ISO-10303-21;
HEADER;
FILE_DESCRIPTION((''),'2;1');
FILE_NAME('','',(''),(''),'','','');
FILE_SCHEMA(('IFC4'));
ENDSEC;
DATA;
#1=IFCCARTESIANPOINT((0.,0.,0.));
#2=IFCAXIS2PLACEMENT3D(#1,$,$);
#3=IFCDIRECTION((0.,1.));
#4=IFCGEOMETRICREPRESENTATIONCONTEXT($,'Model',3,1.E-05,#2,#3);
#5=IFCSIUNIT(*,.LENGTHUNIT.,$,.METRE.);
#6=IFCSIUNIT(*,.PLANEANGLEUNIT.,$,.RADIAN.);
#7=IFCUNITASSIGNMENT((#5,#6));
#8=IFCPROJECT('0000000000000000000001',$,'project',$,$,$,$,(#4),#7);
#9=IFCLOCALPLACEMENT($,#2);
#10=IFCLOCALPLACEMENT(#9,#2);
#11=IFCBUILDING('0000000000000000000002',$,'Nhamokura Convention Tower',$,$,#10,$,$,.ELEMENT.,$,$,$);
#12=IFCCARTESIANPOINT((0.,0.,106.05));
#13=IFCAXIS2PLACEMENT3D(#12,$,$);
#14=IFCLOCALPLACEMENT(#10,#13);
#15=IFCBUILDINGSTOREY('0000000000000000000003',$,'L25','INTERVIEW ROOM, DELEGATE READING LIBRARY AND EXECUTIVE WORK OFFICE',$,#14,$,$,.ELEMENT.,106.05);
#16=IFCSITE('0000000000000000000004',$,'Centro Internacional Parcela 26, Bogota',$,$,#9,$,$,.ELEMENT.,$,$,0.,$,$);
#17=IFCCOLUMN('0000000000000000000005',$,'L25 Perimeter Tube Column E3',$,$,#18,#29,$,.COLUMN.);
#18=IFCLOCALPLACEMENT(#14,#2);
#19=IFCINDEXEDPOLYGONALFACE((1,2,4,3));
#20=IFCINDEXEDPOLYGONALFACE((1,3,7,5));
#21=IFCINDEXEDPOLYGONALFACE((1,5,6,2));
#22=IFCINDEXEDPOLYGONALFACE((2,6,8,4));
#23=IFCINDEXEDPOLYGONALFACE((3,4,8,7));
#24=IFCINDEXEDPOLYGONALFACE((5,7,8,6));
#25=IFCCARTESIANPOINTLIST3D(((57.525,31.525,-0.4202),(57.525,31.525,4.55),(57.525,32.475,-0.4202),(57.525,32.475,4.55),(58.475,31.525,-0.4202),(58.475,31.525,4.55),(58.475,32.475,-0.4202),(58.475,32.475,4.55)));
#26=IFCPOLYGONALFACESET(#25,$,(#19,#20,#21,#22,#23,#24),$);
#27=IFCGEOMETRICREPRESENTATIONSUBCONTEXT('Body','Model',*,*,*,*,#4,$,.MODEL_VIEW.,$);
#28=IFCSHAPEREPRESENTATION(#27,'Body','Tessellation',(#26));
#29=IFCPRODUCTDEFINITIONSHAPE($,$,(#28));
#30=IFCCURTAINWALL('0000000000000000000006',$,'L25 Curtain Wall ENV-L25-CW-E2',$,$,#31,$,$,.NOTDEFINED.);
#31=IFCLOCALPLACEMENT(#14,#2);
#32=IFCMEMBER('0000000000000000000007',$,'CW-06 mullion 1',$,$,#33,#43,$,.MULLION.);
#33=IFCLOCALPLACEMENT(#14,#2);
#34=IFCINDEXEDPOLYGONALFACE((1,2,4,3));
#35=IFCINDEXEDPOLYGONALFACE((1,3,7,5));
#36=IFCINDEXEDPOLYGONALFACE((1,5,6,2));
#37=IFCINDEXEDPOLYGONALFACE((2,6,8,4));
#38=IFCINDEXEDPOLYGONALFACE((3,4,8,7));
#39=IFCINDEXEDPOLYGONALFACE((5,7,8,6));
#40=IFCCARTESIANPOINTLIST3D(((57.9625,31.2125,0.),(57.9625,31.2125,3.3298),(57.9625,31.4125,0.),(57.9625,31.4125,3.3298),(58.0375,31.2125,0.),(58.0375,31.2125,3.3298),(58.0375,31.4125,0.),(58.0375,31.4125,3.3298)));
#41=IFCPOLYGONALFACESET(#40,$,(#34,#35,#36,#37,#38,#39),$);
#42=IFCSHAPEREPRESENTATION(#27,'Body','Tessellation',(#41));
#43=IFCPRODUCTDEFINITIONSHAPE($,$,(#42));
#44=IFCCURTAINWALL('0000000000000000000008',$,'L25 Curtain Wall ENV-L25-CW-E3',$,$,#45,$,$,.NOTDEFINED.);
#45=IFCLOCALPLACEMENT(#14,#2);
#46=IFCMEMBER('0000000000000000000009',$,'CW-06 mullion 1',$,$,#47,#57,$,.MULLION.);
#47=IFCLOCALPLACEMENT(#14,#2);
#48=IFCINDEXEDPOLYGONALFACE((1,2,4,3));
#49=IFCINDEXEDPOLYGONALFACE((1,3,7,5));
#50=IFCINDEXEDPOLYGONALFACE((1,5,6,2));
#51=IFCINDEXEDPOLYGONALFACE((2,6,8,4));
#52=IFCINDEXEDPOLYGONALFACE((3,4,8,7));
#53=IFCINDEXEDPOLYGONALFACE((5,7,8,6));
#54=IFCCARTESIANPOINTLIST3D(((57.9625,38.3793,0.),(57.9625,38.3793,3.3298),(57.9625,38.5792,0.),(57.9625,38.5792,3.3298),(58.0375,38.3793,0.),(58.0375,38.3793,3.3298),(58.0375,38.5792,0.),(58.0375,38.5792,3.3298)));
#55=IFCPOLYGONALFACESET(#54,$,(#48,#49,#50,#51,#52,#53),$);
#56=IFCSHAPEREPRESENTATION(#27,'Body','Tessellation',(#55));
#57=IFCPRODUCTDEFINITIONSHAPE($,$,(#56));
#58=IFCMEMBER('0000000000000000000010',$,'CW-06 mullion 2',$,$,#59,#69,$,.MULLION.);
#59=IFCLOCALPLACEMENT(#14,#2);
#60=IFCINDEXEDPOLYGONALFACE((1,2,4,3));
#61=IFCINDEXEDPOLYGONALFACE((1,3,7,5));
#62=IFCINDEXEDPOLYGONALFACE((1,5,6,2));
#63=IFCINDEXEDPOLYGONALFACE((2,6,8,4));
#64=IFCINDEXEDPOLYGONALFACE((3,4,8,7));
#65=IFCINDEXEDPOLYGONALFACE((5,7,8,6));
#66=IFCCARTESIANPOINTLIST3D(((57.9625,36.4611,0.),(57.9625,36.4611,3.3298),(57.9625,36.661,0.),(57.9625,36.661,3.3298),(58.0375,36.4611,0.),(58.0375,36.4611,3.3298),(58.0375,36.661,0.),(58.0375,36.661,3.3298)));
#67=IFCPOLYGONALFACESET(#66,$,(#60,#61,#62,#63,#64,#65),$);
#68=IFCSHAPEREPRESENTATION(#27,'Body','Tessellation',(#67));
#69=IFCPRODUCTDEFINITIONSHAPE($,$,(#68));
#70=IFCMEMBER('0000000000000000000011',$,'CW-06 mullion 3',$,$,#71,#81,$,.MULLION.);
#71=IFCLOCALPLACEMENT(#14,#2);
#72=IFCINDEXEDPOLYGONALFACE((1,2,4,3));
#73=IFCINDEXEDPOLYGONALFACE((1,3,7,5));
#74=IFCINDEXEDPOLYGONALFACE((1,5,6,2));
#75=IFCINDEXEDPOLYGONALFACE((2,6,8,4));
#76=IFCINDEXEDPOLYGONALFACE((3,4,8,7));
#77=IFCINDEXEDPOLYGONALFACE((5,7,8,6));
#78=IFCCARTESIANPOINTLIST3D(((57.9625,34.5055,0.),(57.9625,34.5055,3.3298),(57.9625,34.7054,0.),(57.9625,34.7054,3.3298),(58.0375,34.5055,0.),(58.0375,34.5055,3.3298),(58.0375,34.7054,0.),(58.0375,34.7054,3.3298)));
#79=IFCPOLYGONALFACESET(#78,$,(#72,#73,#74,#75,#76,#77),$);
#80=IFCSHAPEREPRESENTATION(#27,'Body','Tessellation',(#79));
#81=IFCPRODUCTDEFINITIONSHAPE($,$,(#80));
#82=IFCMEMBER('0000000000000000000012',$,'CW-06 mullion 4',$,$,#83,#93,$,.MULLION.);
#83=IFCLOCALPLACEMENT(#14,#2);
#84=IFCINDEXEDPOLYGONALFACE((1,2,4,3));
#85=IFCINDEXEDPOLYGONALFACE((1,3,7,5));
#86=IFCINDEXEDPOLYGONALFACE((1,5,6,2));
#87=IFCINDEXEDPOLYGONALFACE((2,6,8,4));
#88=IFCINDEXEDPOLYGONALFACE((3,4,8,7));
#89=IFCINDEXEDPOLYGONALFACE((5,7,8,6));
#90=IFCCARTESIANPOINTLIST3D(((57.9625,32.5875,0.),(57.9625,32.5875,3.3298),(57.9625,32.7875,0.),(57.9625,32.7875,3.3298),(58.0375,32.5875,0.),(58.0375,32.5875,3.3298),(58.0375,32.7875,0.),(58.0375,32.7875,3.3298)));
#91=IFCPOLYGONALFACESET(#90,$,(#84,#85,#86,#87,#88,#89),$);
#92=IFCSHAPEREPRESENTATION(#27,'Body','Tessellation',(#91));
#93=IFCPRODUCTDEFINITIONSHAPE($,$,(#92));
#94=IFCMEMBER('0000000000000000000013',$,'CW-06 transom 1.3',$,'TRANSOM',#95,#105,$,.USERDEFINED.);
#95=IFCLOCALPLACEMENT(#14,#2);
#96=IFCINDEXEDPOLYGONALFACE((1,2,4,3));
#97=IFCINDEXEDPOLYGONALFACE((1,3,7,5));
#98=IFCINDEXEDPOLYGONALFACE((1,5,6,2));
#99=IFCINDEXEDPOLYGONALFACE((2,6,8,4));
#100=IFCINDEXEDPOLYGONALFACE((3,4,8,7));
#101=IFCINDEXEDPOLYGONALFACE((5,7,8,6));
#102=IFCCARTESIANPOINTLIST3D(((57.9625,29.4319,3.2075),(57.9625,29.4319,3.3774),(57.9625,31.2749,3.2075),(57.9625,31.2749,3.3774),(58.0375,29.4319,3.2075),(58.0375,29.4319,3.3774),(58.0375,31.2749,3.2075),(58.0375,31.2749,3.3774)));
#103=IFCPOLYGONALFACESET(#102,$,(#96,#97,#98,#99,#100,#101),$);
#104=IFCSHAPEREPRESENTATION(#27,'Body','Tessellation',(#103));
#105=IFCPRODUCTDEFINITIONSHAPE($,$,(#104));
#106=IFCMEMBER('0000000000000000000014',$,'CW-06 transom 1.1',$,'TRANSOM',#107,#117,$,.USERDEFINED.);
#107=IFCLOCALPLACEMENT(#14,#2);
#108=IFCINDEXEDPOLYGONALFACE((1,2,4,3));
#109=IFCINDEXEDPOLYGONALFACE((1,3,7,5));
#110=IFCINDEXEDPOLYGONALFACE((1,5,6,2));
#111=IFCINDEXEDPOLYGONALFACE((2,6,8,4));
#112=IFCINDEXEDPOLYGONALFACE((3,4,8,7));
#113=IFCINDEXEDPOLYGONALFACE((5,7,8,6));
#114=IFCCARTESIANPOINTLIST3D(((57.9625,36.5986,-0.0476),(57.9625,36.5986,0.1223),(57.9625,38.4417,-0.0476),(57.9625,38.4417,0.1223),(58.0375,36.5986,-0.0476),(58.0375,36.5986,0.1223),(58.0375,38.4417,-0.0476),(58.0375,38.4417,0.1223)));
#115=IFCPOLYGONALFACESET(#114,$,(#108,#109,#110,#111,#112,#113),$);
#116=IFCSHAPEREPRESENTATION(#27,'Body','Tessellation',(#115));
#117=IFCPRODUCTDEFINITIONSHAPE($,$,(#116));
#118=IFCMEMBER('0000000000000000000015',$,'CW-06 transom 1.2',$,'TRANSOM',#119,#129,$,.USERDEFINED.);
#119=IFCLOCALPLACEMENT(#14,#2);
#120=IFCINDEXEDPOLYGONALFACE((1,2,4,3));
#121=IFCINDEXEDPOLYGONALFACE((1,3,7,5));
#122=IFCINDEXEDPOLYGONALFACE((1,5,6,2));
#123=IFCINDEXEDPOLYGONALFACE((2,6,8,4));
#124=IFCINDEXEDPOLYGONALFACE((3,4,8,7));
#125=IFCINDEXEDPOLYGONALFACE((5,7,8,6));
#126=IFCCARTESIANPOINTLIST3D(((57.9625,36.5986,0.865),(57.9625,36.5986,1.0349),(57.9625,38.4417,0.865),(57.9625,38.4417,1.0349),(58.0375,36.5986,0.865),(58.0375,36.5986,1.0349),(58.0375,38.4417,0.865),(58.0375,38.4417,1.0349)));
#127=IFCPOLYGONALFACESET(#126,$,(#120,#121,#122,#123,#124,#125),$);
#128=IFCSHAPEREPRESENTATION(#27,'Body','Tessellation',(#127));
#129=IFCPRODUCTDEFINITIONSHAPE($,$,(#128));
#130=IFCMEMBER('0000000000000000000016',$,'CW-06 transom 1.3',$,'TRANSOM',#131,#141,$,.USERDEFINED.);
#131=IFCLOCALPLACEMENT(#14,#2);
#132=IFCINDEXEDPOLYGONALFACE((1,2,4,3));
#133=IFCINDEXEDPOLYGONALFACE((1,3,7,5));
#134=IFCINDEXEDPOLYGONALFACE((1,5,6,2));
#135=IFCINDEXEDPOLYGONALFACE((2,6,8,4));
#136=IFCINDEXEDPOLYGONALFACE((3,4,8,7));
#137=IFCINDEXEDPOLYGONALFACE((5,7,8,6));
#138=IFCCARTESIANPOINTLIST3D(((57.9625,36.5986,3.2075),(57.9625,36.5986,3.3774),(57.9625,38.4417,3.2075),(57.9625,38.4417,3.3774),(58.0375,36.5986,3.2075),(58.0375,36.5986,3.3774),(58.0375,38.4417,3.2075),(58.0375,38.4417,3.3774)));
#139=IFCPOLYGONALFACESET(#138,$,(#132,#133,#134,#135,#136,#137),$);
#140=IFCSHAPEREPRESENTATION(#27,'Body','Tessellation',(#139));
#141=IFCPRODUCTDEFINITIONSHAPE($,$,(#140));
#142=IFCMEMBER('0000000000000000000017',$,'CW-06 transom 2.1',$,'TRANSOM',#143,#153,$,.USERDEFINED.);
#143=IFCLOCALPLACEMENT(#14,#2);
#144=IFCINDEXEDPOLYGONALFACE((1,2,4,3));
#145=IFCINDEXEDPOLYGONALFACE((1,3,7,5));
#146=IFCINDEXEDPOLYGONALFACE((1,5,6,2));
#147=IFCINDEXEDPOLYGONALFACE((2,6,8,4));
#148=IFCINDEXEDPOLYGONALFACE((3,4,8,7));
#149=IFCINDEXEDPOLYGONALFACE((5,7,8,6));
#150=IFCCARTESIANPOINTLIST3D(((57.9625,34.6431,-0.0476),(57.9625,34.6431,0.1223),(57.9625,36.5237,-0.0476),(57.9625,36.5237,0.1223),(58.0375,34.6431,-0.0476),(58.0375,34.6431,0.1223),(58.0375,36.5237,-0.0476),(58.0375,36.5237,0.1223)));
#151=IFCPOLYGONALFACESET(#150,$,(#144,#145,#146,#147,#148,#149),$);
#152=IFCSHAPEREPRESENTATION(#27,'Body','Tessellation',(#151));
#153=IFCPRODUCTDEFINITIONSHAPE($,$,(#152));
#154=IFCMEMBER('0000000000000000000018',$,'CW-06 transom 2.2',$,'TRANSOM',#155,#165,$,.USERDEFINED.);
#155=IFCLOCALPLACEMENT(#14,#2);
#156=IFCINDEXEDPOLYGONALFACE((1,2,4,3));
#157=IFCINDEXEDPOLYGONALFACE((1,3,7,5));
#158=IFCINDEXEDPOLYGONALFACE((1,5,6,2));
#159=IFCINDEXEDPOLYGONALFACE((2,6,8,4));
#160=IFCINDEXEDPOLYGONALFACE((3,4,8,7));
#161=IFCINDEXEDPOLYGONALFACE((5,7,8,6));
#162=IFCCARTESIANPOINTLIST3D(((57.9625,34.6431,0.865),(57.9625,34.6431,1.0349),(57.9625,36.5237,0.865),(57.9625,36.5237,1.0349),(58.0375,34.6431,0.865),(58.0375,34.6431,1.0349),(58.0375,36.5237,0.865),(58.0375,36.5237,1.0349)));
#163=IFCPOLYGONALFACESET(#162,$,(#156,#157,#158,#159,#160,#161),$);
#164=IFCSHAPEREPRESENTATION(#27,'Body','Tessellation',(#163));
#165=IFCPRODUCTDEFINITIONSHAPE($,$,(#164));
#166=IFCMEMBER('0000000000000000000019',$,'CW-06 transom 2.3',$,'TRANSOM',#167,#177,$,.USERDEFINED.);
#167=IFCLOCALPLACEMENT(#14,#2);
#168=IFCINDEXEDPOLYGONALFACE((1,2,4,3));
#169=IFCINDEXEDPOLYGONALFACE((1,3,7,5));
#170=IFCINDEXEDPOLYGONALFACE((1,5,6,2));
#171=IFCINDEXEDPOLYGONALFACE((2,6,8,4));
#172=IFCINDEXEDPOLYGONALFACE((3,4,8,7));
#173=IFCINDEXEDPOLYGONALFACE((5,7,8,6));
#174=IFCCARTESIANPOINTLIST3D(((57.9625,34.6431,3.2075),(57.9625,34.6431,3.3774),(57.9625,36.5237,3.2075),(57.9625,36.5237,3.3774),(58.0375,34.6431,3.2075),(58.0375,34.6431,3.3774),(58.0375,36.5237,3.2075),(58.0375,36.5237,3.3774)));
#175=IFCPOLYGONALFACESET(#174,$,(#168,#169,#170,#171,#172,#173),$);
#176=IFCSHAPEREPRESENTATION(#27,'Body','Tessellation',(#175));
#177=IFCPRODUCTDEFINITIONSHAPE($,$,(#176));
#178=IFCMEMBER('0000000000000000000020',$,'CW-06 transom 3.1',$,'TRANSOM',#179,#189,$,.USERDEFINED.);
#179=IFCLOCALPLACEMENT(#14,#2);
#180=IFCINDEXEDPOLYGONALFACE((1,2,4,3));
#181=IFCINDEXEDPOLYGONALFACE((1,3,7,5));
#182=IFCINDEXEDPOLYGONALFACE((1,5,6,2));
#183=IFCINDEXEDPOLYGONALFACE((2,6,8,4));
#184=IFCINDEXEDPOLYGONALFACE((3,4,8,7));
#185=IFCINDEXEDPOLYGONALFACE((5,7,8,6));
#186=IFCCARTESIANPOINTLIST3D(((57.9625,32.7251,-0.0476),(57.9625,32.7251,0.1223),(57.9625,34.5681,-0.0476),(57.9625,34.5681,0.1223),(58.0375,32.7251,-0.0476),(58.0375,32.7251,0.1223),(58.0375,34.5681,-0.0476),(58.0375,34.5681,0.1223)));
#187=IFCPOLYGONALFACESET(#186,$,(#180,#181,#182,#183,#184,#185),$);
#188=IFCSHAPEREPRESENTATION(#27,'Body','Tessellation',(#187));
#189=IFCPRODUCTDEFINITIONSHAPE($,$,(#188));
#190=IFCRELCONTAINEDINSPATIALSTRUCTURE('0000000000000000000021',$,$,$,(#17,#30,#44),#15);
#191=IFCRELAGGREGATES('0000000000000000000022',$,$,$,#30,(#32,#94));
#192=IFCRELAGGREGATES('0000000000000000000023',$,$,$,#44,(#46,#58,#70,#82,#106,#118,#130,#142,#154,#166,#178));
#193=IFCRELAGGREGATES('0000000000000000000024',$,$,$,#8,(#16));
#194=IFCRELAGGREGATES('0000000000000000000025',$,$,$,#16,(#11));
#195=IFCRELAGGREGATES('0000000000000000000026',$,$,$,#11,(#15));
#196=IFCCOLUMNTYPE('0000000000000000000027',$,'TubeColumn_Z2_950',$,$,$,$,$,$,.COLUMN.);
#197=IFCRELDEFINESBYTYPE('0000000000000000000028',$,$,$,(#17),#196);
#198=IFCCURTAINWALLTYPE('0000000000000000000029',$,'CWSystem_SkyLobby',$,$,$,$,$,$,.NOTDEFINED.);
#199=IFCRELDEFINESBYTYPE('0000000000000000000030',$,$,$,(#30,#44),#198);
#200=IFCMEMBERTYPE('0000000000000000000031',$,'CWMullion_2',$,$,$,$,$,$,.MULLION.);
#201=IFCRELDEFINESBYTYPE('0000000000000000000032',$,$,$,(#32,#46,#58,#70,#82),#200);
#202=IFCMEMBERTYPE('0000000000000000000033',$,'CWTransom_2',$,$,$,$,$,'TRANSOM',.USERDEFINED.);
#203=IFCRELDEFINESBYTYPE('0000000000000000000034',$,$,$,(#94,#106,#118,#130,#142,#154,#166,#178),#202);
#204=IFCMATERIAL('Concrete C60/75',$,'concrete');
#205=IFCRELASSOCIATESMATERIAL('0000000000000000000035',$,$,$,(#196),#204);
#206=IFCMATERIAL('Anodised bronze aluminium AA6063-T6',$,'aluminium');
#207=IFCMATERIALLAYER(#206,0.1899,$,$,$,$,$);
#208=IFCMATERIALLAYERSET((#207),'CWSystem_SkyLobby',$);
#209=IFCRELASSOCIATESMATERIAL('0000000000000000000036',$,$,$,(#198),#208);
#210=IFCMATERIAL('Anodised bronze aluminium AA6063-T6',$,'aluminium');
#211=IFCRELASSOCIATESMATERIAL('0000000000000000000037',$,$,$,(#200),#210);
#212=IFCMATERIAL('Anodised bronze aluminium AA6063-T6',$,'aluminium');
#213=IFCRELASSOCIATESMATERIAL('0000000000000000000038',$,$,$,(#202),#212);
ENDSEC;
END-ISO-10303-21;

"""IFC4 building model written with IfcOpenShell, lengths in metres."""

from ifc_helpers import new_model, si_unit, direction, frame, origin, origin_2d, place, context, subcontext, project, spatial, rectangle, extrude, material, layer, layer_set, material_profile, profile_set, type_object, element, aggregate, save


model = new_model("IFC4")

# Units and contexts
model_context = context("Model", 3, precision=1e-05, world=origin(), true_north=direction((0.0, 1.0)))
body_context = subcontext(model_context, "Body", "Model", "MODEL_VIEW")
ifc_project = project(units=[si_unit("LENGTHUNIT", "METRE"), si_unit("PLANEANGLEUNIT", "RADIAN")], contexts=[model_context])

# Site, building, storey
site_placement = place(None, origin())
site = spatial("IfcSite", under=ifc_project, at=site_placement, Name="Centro Internacional Parcela 26, Bogota", CompositionType="ELEMENT", RefElevation=0.0)
building_placement = place(site_placement, origin())
building = spatial("IfcBuilding", under=site, at=building_placement, Name="Nhamokura Convention Tower", CompositionType="ELEMENT")
storey_placement = place(building_placement, frame((0.0, 0.0, 106.05)))
storey = spatial("IfcBuildingStorey", under=building, at=storey_placement, Name="L25", Description="INTERVIEW ROOM, DELEGATE READING LIBRARY AND EXECUTIVE WORK OFFICE", CompositionType="ELEMENT", Elevation=106.05)

# Column
ifc_material_1 = material(Name="Concrete C60/75", Category="concrete")
ifc_material_profile_1 = material_profile(ifc_material_1, rectangle(XDim=0.95, YDim=0.95, at=origin_2d()))
ifc_profile_set_1 = profile_set([ifc_material_profile_1], Name="Concrete C60/75")
column_type = type_object("IfcColumnType", Name="TubeColumn_Z2_950", PredefinedType="COLUMN", material=ifc_profile_set_1)
column_placement = place(storey_placement, frame((58.0, 32.0, -0.4202), z_axis=(0.0, 0.0, 1.0), x_axis=(1.0, 0.0, 0.0)))
element("IfcColumn", 1, at=column_placement, inside=storey, type_object=column_type, Name="L25 Perimeter Tube Column E3", PredefinedType="COLUMN", context=body_context, shape_type="SweptSolid", body=[
    extrude(rectangle(XDim=0.95, YDim=0.95, at=origin_2d()), origin(), (0.0, 0.0, 1.0), 4.9702),
])

# Curtain wall, member
ifc_material_2 = material(Name="Anodised bronze aluminium AA6063-T6", Category="aluminium")
ifc_layer_1 = layer(ifc_material_2, 0.1899)
ifc_layer_set_1 = layer_set([ifc_layer_1], Name="CWSystem_SkyLobby")
curtain_wall_type = type_object("IfcCurtainWallType", Name="CWSystem_SkyLobby", PredefinedType="NOTDEFINED", material=ifc_layer_set_1)
curtain_wall_1_placement = place(storey_placement, origin())
curtain_wall_1 = element("IfcCurtainWall", 2, at=curtain_wall_1_placement, inside=storey, type_object=curtain_wall_type, Name="L25 Curtain Wall ENV-L25-CW-E2", PredefinedType="NOTDEFINED")
ifc_material_3 = material(Name="Anodised bronze aluminium AA6063-T6", Category="aluminium")
ifc_material_profile_2 = material_profile(ifc_material_3, rectangle(XDim=0.075, YDim=0.2, at=origin_2d()))
ifc_profile_set_2 = profile_set([ifc_material_profile_2], Name="Anodised bronze aluminium AA6063-T6")
member_type_1 = type_object("IfcMemberType", Name="CWMullion_2", PredefinedType="MULLION", material=ifc_profile_set_2)
member_1_placement = place(storey_placement, frame((58.0, 31.3125, 0.0), z_axis=(0.0, 0.0, 1.0), x_axis=(1.0, 0.0, 0.0)))
member_1 = element("IfcMember", 3, at=member_1_placement, type_object=member_type_1, Name="CW-06 mullion 1", PredefinedType="MULLION", context=body_context, shape_type="SweptSolid", body=[
    extrude(rectangle(XDim=0.075, YDim=0.2, at=origin_2d()), origin(), (0.0, 0.0, 1.0), 3.3298),
])

# Curtain wall, members
curtain_wall_2_placement = place(storey_placement, origin())
curtain_wall_2 = element("IfcCurtainWall", 4, at=curtain_wall_2_placement, inside=storey, type_object=curtain_wall_type, Name="L25 Curtain Wall ENV-L25-CW-E3", PredefinedType="NOTDEFINED")
member_2_placement = place(storey_placement, frame((58.0, 38.4792, 0.0), z_axis=(0.0, 0.0, 1.0), x_axis=(1.0, 0.0, 0.0)))
member_2 = element("IfcMember", 5, at=member_2_placement, type_object=member_type_1, Name="CW-06 mullion 1", PredefinedType="MULLION", context=body_context, shape_type="SweptSolid", body=[
    extrude(rectangle(XDim=0.075, YDim=0.2, at=origin_2d()), origin(), (0.0, 0.0, 1.0), 3.3298),
])
member_3_placement = place(storey_placement, frame((58.0, 36.561, 0.0), z_axis=(0.0, 0.0, 1.0), x_axis=(1.0, 0.0, 0.0)))
member_3 = element("IfcMember", 6, at=member_3_placement, type_object=member_type_1, Name="CW-06 mullion 2", PredefinedType="MULLION", context=body_context, shape_type="SweptSolid", body=[
    extrude(rectangle(XDim=0.075, YDim=0.2, at=origin_2d()), origin(), (0.0, 0.0, 1.0), 3.3298),
])
member_4_placement = place(storey_placement, frame((58.0, 34.6055, 0.0), z_axis=(0.0, 0.0, 1.0), x_axis=(1.0, 0.0, 0.0)))
member_4 = element("IfcMember", 7, at=member_4_placement, type_object=member_type_1, Name="CW-06 mullion 3", PredefinedType="MULLION", context=body_context, shape_type="SweptSolid", body=[
    extrude(rectangle(XDim=0.075, YDim=0.2, at=origin_2d()), origin(), (0.0, 0.0, 1.0), 3.3298),
])
member_5_placement = place(storey_placement, frame((58.0, 32.6875, 0.0), z_axis=(0.0, 0.0, 1.0), x_axis=(1.0, 0.0, 0.0)))
member_5 = element("IfcMember", 8, at=member_5_placement, type_object=member_type_1, Name="CW-06 mullion 4", PredefinedType="MULLION", context=body_context, shape_type="SweptSolid", body=[
    extrude(rectangle(XDim=0.075, YDim=0.2, at=origin_2d()), origin(), (0.0, 0.0, 1.0), 3.3298),
])

# Members
ifc_material_4 = material(Name="Anodised bronze aluminium AA6063-T6", Category="aluminium")
ifc_material_profile_3 = material_profile(ifc_material_4, rectangle(XDim=0.075, YDim=0.1699, at=origin_2d()))
ifc_profile_set_3 = profile_set([ifc_material_profile_3], Name="Anodised bronze aluminium AA6063-T6")
member_type_2 = type_object("IfcMemberType", Name="CWTransom_2", ElementType="TRANSOM", PredefinedType="USERDEFINED", material=ifc_profile_set_3)
member_6_placement = place(storey_placement, frame((58.0, 31.2749, 3.2925), z_axis=(0.0, -1.0, 0.0), x_axis=(1.0, 0.0, 0.0)))
member_6 = element("IfcMember", 9, at=member_6_placement, type_object=member_type_2, Name="CW-06 transom 1.3", ObjectType="TRANSOM", PredefinedType="USERDEFINED", context=body_context, shape_type="SweptSolid", body=[
    extrude(rectangle(XDim=0.075, YDim=0.1699, at=origin_2d()), origin(), (0.0, 0.0, 1.0), 1.843),
])
aggregate(curtain_wall_1, [member_1, member_6])
member_7_placement = place(storey_placement, frame((58.0, 38.4417, 0.0374), z_axis=(0.0, -1.0, 0.0), x_axis=(1.0, 0.0, 0.0)))
member_7 = element("IfcMember", 10, at=member_7_placement, type_object=member_type_2, Name="CW-06 transom 1.1", ObjectType="TRANSOM", PredefinedType="USERDEFINED", context=body_context, shape_type="SweptSolid", body=[
    extrude(rectangle(XDim=0.075, YDim=0.1699, at=origin_2d()), origin(), (0.0, 0.0, 1.0), 1.843),
])
member_8_placement = place(storey_placement, frame((58.0, 38.4417, 0.95), z_axis=(0.0, -1.0, 0.0), x_axis=(1.0, 0.0, 0.0)))
member_8 = element("IfcMember", 11, at=member_8_placement, type_object=member_type_2, Name="CW-06 transom 1.2", ObjectType="TRANSOM", PredefinedType="USERDEFINED", context=body_context, shape_type="SweptSolid", body=[
    extrude(rectangle(XDim=0.075, YDim=0.1699, at=origin_2d()), origin(), (0.0, 0.0, 1.0), 1.843),
])
member_9_placement = place(storey_placement, frame((58.0, 38.4417, 3.2925), z_axis=(0.0, -1.0, 0.0), x_axis=(1.0, 0.0, 0.0)))
member_9 = element("IfcMember", 12, at=member_9_placement, type_object=member_type_2, Name="CW-06 transom 1.3", ObjectType="TRANSOM", PredefinedType="USERDEFINED", context=body_context, shape_type="SweptSolid", body=[
    extrude(rectangle(XDim=0.075, YDim=0.1699, at=origin_2d()), origin(), (0.0, 0.0, 1.0), 1.843),
])
member_10_placement = place(storey_placement, frame((58.0, 36.5237, 0.0374), z_axis=(0.0, -1.0, 0.0), x_axis=(1.0, 0.0, 0.0)))
member_10 = element("IfcMember", 13, at=member_10_placement, type_object=member_type_2, Name="CW-06 transom 2.1", ObjectType="TRANSOM", PredefinedType="USERDEFINED", context=body_context, shape_type="SweptSolid", body=[
    extrude(rectangle(XDim=0.075, YDim=0.1699, at=origin_2d()), origin(), (0.0, 0.0, 1.0), 1.8806),
])
member_11_placement = place(storey_placement, frame((58.0, 36.5237, 0.95), z_axis=(0.0, -1.0, 0.0), x_axis=(1.0, 0.0, 0.0)))
member_11 = element("IfcMember", 14, at=member_11_placement, type_object=member_type_2, Name="CW-06 transom 2.2", ObjectType="TRANSOM", PredefinedType="USERDEFINED", context=body_context, shape_type="SweptSolid", body=[
    extrude(rectangle(XDim=0.075, YDim=0.1699, at=origin_2d()), origin(), (0.0, 0.0, 1.0), 1.8806),
])
member_12_placement = place(storey_placement, frame((58.0, 36.5237, 3.2925), z_axis=(0.0, -1.0, 0.0), x_axis=(1.0, 0.0, 0.0)))
member_12 = element("IfcMember", 15, at=member_12_placement, type_object=member_type_2, Name="CW-06 transom 2.3", ObjectType="TRANSOM", PredefinedType="USERDEFINED", context=body_context, shape_type="SweptSolid", body=[
    extrude(rectangle(XDim=0.075, YDim=0.1699, at=origin_2d()), origin(), (0.0, 0.0, 1.0), 1.8806),
])
member_13_placement = place(storey_placement, frame((58.0, 34.5681, 0.0374), z_axis=(0.0, -1.0, 0.0), x_axis=(1.0, 0.0, 0.0)))
member_13 = element("IfcMember", 16, at=member_13_placement, type_object=member_type_2, Name="CW-06 transom 3.1", ObjectType="TRANSOM", PredefinedType="USERDEFINED", context=body_context, shape_type="SweptSolid", body=[
    extrude(rectangle(XDim=0.075, YDim=0.1699, at=origin_2d()), origin(), (0.0, 0.0, 1.0), 1.843),
])

aggregate(curtain_wall_2, [member_2, member_3, member_4, member_5, member_7, member_8, member_9, member_10, member_11, member_12, member_13])

save(model, "model.ifc")
